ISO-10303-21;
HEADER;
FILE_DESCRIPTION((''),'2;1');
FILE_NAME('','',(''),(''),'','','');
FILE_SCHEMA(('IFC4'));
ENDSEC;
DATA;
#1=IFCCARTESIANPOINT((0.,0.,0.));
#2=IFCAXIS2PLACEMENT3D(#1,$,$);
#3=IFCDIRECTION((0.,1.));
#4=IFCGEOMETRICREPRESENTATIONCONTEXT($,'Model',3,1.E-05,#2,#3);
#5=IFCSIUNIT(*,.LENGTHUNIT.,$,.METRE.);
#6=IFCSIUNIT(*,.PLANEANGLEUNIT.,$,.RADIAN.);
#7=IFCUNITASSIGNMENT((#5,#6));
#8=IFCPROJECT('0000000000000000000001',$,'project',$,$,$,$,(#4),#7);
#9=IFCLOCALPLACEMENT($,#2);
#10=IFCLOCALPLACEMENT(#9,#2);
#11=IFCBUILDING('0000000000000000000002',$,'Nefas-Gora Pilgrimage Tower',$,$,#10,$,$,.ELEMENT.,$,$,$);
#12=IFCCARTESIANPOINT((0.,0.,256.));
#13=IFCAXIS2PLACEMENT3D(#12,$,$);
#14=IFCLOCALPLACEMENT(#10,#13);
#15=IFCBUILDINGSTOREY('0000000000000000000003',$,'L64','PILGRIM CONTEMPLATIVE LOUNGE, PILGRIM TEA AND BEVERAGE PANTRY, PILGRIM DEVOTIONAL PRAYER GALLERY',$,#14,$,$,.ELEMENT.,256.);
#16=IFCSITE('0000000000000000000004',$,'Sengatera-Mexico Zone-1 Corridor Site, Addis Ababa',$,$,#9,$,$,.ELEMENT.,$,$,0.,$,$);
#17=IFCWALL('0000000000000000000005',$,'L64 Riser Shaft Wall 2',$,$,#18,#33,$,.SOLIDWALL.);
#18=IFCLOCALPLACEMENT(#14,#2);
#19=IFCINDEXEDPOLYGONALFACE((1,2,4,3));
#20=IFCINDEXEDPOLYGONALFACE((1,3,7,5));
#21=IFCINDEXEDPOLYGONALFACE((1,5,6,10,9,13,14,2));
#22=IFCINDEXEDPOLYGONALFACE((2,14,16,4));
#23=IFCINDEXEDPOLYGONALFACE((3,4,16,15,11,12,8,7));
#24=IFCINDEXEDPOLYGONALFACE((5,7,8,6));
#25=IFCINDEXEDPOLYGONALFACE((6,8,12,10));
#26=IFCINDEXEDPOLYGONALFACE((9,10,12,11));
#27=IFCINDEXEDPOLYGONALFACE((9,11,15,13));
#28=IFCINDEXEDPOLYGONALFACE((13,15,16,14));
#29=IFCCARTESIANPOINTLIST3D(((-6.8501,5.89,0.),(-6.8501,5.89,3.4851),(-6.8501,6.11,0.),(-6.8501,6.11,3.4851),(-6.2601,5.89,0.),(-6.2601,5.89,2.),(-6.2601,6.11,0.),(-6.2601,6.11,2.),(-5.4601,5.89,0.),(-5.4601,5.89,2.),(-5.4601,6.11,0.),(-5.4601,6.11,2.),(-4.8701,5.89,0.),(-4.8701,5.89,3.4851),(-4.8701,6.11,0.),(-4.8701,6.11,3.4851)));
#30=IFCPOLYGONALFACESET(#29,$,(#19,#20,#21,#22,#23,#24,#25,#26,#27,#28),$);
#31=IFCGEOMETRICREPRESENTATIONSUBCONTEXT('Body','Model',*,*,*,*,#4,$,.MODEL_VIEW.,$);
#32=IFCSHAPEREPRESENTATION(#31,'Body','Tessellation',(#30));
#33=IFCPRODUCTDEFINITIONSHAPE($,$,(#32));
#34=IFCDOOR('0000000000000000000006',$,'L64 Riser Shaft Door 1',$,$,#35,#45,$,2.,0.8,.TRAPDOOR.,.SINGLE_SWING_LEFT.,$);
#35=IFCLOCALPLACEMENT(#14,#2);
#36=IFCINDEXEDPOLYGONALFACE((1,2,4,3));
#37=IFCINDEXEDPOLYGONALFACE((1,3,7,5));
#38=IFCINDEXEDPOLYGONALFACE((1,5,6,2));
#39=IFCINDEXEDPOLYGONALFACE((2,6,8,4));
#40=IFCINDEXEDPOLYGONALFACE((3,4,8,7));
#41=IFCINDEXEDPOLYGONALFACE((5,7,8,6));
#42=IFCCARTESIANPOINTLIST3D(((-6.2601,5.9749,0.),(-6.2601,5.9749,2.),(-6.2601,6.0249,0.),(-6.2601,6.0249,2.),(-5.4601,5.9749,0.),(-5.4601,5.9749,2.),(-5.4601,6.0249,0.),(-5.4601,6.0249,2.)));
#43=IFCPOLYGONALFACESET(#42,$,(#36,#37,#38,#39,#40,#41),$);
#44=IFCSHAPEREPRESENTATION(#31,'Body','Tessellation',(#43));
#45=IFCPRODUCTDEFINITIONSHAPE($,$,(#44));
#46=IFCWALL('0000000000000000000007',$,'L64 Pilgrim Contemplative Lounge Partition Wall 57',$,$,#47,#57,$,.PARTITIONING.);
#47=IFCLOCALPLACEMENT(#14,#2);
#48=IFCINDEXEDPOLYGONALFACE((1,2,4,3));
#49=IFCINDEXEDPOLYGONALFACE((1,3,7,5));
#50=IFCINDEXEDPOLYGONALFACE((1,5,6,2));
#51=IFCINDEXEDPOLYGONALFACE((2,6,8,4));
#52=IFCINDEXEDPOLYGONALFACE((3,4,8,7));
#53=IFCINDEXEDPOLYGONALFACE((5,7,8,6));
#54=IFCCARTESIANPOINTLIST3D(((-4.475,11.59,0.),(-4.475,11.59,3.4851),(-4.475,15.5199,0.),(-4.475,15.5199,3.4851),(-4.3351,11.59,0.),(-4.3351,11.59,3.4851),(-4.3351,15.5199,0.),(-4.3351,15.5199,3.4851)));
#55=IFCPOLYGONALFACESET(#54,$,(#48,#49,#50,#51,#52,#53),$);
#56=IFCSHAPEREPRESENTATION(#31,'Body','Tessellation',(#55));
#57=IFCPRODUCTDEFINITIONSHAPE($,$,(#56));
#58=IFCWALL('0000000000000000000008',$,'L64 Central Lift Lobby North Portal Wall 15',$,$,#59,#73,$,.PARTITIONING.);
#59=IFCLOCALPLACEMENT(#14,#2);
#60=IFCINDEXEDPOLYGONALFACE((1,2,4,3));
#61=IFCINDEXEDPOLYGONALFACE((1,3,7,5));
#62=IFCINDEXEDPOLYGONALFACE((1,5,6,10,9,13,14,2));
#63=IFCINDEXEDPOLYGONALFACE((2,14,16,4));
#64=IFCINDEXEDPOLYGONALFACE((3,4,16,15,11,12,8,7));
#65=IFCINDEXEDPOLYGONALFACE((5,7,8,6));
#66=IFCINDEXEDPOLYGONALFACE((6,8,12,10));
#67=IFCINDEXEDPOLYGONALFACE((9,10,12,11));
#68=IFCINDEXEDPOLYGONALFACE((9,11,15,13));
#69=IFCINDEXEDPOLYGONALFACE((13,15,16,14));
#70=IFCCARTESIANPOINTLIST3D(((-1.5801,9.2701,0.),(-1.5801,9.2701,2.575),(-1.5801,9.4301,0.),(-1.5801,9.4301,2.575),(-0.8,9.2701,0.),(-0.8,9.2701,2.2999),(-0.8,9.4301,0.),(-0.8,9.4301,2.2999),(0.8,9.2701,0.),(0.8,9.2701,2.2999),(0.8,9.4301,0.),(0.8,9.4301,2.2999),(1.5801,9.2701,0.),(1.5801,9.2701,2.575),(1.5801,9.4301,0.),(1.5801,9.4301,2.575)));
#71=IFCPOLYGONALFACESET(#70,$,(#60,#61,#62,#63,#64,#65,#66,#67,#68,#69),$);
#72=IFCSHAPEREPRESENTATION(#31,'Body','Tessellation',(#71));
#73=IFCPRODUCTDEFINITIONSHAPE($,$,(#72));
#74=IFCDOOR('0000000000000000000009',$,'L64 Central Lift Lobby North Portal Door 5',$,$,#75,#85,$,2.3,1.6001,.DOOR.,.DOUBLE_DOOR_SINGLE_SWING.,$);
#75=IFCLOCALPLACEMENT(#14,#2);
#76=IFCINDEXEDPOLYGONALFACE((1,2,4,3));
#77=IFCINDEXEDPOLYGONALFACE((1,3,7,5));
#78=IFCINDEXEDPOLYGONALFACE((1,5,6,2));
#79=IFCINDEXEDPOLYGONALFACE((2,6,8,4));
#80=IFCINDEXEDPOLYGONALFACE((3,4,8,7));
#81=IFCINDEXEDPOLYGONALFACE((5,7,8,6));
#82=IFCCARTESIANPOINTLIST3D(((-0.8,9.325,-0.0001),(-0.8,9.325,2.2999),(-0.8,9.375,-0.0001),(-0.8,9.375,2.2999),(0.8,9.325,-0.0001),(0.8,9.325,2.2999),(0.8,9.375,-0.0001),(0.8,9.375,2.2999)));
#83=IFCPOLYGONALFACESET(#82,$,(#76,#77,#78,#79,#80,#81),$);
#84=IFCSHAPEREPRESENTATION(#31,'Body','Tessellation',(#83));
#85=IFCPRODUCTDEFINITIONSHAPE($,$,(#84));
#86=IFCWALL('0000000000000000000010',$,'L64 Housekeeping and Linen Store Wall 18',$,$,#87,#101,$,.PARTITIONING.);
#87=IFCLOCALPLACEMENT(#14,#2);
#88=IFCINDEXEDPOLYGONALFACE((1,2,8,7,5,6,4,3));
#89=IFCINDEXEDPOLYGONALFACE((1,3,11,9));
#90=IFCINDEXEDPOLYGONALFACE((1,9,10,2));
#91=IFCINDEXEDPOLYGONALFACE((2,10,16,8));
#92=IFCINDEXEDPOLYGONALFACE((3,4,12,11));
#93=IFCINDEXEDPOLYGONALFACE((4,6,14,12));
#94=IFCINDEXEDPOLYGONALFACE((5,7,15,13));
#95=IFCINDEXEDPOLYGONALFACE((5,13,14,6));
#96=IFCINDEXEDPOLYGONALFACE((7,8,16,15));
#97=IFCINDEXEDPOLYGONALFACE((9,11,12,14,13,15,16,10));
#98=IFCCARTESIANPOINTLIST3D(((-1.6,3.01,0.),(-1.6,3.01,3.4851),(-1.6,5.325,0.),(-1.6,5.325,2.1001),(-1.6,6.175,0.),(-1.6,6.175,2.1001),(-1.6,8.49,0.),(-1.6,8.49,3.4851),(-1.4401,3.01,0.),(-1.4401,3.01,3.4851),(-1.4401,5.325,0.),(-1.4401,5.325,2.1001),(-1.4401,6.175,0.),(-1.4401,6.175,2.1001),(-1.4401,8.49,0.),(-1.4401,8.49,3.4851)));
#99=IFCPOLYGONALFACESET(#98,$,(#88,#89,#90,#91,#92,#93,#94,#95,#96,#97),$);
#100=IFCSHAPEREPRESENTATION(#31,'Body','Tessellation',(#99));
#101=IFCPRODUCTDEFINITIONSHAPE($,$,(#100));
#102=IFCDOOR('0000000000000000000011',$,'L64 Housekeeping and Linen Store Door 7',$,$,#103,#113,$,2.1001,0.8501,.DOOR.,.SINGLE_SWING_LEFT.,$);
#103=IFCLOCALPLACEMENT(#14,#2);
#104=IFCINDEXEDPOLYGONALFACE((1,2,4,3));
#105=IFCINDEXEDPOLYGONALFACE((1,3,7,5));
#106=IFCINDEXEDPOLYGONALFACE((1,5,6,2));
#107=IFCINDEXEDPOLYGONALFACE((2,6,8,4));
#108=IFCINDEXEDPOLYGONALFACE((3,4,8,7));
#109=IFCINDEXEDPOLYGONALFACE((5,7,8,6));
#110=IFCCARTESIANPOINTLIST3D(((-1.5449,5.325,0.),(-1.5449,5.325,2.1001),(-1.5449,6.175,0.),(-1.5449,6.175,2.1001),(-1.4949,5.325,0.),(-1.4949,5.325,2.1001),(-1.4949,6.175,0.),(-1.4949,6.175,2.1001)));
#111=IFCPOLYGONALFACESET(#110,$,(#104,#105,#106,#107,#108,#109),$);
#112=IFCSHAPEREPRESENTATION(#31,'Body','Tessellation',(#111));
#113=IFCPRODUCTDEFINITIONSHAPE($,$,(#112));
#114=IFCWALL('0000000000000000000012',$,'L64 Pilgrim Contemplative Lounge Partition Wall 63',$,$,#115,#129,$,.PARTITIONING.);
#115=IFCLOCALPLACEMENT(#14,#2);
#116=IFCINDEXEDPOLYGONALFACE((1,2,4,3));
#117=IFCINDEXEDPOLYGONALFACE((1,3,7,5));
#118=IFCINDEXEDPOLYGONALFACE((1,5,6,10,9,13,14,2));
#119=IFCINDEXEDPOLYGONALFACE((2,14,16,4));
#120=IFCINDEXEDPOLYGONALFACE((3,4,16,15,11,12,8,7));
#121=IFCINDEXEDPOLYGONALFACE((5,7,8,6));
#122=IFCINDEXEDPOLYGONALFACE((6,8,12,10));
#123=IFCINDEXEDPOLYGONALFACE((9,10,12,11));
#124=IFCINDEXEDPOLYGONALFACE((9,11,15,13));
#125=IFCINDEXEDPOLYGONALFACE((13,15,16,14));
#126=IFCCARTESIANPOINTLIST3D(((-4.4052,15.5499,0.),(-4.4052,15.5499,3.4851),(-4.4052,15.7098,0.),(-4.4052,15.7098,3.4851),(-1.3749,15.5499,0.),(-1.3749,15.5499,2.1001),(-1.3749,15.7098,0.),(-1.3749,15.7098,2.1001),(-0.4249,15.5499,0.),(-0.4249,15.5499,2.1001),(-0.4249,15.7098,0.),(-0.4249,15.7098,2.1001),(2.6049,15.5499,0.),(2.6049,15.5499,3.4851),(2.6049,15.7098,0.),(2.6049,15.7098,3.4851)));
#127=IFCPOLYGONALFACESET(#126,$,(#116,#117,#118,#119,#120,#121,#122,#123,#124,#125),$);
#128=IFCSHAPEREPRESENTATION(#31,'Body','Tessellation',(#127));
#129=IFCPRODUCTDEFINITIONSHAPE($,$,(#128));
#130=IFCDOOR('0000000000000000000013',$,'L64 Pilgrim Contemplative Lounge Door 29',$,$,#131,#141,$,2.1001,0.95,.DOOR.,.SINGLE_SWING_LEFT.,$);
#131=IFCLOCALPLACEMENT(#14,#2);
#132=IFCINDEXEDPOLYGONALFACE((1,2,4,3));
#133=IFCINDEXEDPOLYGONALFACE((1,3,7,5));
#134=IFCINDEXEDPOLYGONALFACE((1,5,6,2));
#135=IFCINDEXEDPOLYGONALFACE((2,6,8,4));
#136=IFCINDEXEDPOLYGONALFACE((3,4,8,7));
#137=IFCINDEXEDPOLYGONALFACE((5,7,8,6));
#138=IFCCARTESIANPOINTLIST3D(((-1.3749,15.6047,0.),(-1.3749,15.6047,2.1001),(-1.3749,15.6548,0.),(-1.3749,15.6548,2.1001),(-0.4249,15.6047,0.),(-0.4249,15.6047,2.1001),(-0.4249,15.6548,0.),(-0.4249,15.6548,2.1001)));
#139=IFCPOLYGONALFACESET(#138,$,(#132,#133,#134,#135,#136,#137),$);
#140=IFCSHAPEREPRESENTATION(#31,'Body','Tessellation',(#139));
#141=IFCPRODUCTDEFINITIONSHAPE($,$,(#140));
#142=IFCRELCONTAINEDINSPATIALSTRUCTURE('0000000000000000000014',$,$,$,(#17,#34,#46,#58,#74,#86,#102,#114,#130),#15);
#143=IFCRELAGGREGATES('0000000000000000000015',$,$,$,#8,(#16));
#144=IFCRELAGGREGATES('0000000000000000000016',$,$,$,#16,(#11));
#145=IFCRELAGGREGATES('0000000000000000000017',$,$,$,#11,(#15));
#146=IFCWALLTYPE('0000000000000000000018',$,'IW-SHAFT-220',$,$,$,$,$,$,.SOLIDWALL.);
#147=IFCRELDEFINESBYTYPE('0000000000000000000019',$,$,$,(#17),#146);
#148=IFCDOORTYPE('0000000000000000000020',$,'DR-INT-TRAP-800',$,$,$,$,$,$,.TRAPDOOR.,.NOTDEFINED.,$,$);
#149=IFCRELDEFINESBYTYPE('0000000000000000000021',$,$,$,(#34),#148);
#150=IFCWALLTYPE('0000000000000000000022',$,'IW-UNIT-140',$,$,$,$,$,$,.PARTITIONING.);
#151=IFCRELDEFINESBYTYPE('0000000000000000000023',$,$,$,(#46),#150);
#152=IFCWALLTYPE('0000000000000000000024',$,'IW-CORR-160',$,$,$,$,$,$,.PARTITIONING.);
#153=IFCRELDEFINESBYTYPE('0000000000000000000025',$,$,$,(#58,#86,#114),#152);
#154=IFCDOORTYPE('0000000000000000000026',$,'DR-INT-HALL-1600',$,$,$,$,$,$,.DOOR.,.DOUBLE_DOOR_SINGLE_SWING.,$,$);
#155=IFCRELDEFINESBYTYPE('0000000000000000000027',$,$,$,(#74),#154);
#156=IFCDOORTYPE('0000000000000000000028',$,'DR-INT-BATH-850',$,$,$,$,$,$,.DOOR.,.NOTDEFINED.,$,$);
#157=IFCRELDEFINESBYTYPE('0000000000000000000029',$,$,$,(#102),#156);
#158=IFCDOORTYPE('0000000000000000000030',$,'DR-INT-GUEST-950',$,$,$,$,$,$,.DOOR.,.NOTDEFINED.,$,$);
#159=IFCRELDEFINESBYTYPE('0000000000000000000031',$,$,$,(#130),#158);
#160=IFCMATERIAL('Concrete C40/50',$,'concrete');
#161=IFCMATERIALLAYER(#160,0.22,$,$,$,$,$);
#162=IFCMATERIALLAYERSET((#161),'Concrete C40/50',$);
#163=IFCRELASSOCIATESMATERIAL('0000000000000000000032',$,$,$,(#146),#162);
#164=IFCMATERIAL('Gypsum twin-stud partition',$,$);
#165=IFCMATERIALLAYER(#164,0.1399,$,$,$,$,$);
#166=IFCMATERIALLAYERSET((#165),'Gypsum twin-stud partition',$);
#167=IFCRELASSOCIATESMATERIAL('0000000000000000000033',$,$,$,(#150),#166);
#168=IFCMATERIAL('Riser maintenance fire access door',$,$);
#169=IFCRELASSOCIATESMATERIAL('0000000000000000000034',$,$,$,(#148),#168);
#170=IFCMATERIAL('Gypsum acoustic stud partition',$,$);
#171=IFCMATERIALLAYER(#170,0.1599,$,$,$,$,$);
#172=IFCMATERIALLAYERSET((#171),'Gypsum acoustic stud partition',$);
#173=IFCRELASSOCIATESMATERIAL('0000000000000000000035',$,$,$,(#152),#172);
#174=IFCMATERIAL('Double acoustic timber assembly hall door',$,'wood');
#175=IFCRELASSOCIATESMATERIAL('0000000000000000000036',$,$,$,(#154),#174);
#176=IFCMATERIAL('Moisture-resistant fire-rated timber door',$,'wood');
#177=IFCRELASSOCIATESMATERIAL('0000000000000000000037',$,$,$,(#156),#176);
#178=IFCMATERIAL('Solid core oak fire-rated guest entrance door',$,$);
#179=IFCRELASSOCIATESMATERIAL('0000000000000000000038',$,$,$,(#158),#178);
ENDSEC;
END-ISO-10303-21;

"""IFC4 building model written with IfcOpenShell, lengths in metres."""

from ifc_helpers import new_model, si_unit, direction, frame, frame_2d, origin, place, context, subcontext, project, spatial, rectangle, extrude, source, transform, mapped, material, layer, layer_set, type_object, element, fill, save


model = new_model("IFC4")

# Units and contexts
model_context = context("Model", 3, precision=1e-05, world=origin(), true_north=direction((0.0, 1.0)))
body_context = subcontext(model_context, "Body", "Model", "MODEL_VIEW")
ifc_project = project(units=[si_unit("LENGTHUNIT", "METRE"), si_unit("PLANEANGLEUNIT", "RADIAN")], contexts=[model_context])

# Site, building, storey
site_placement = place(None, origin())
site = spatial("IfcSite", under=ifc_project, at=site_placement, Name="Sengatera-Mexico Zone-1 Corridor Site, Addis Ababa", CompositionType="ELEMENT", RefElevation=0.0)
building_placement = place(site_placement, origin())
building = spatial("IfcBuilding", under=site, at=building_placement, Name="Nefas-Gora Pilgrimage Tower", CompositionType="ELEMENT")
storey_placement = place(building_placement, frame((0.0, 0.0, 256.0)))
storey = spatial("IfcBuildingStorey", under=building, at=storey_placement, Name="L64", Description="PILGRIM CONTEMPLATIVE LOUNGE, PILGRIM TEA AND BEVERAGE PANTRY, PILGRIM DEVOTIONAL PRAYER GALLERY", CompositionType="ELEMENT", Elevation=256.0)

# Shared definitions
ifc_material_1 = material(Name="Concrete C40/50", Category="concrete")

# Shared definitions
ifc_layer_1 = layer(ifc_material_1, 0.22)
ifc_layer_set_1 = layer_set([ifc_layer_1], Name="Concrete C40/50")
wall_type_1 = type_object("IfcWallType", Name="IW-SHAFT-220", PredefinedType="SOLIDWALL", material=ifc_layer_set_1)

# Shared definitions
ifc_material_2 = material(Name="Gypsum twin-stud partition")
ifc_layer_2 = layer(ifc_material_2, 0.1399)
ifc_layer_set_2 = layer_set([ifc_layer_2], Name="Gypsum twin-stud partition")
wall_type_2 = type_object("IfcWallType", Name="IW-UNIT-140", PredefinedType="PARTITIONING", material=ifc_layer_set_2)

# Wall, opening, door
shared_shape_1 = source(origin(), body_context, "Body", "SweptSolid", [
    extrude(rectangle(XDim=1.98, YDim=0.22, at=frame_2d((0.99, 0.0))), origin(), (0.0, 0.0, 1.0), 3.4851),
])
wall_1_placement = place(storey_placement, frame((-6.8501, 6.0, 0.0), z_axis=(0.0, 0.0, 1.0), x_axis=(1.0, 0.0, 0.0)))
wall_1 = element("IfcWall", 1, at=wall_1_placement, inside=storey, type_object=wall_type_1, Name="L64 Riser Shaft Wall 2", PredefinedType="SOLIDWALL", context=body_context, shape_type="MappedRepresentation", body=[
    mapped(shared_shape_1, transform((0.0, 0.0, 0.0), x_axis=(1.0, 0.0, 0.0), y_axis=(0.0, 1.0, 0.0), z_axis=(0.0, 0.0, 1.0), scale=1.0)),
])
opening_1_placement = place(wall_1_placement, frame((0.5901, 0.0, 0.0)))
opening_1 = element("IfcOpeningElement", 2, at=opening_1_placement, cuts=wall_1, PredefinedType="OPENING", context=body_context, shape_type="SweptSolid", body=[
    extrude(rectangle(XDim=0.8, YDim=2.0, at=frame_2d((0.3999, 1.0))), frame((0.0, 0.1199, 0.0), z_axis=(0.0, -1.0, 0.0), x_axis=(1.0, 0.0, 0.0)), (0.0, 0.0, 1.0), 0.24),
])
ifc_material_3 = material(Name="Riser maintenance fire access door")
door_type_1 = type_object("IfcDoorType", Name="DR-INT-TRAP-800", OperationType="NOTDEFINED", PredefinedType="TRAPDOOR", material=ifc_material_3)
shared_shape_2 = source(origin(), body_context, "Body", "SweptSolid", [
    extrude(rectangle(XDim=0.8, YDim=2.0, at=frame_2d((0.3999, 1.0))), frame((0.0, 0.0249, 0.0), z_axis=(0.0, -1.0, 0.0), x_axis=(1.0, 0.0, 0.0)), (0.0, 0.0, 1.0), 0.05),
])
door_1_placement = place(opening_1_placement, origin())
door_1 = element("IfcDoor", 3, at=door_1_placement, inside=storey, type_object=door_type_1, Name="L64 Riser Shaft Door 1", OperationType="SINGLE_SWING_LEFT", OverallHeight=2.0, OverallWidth=0.8, PredefinedType="TRAPDOOR", context=body_context, shape_type="MappedRepresentation", body=[
    mapped(shared_shape_2, transform((0.0, 0.0, 0.0), x_axis=(1.0, 0.0, 0.0), y_axis=(0.0, 1.0, 0.0), z_axis=(0.0, 0.0, 1.0), scale=1.0)),
])
fill(opening_1, door_1)

# Wall
shared_shape_3 = source(origin(), body_context, "Body", "SweptSolid", [
    extrude(rectangle(XDim=3.9299, YDim=0.1399, at=frame_2d((1.9648, 0.0))), origin(), (0.0, 0.0, 1.0), 3.4851),
])
wall_2_placement = place(storey_placement, frame((-4.405, 11.5901, 0.0), z_axis=(0.0, 0.0, 1.0), x_axis=(0.0, 1.0, 0.0)))
element("IfcWall", 4, at=wall_2_placement, inside=storey, type_object=wall_type_2, Name="L64 Pilgrim Contemplative Lounge Partition Wall 57", PredefinedType="PARTITIONING", context=body_context, shape_type="MappedRepresentation", body=[
    mapped(shared_shape_3, transform((0.0, 0.0, 0.0), x_axis=(1.0, 0.0, 0.0), y_axis=(0.0, 1.0, 0.0), z_axis=(0.0, 0.0, 1.0), scale=1.0)),
])

# Walls, openings, doors
ifc_material_4 = material(Name="Gypsum acoustic stud partition")
ifc_layer_3 = layer(ifc_material_4, 0.1599)
ifc_layer_set_3 = layer_set([ifc_layer_3], Name="Gypsum acoustic stud partition")
wall_type_3 = type_object("IfcWallType", Name="IW-CORR-160", PredefinedType="PARTITIONING", material=ifc_layer_set_3)
shared_shape_4 = source(origin(), body_context, "Body", "SweptSolid", [
    extrude(rectangle(XDim=3.1602, YDim=0.1599, at=frame_2d((1.5801, 0.0))), origin(), (0.0, 0.0, 1.0), 2.575),
])
wall_3_placement = place(storey_placement, frame((-1.5801, 9.3501, 0.0), z_axis=(0.0, 0.0, 1.0), x_axis=(1.0, 0.0, 0.0)))
wall_3 = element("IfcWall", 5, at=wall_3_placement, inside=storey, type_object=wall_type_3, Name="L64 Central Lift Lobby North Portal Wall 15", PredefinedType="PARTITIONING", context=body_context, shape_type="MappedRepresentation", body=[
    mapped(shared_shape_4, transform((0.0, 0.0, 0.0), x_axis=(1.0, 0.0, 0.0), y_axis=(0.0, 1.0, 0.0), z_axis=(0.0, 0.0, 1.0), scale=1.0)),
])
opening_2_placement = place(wall_3_placement, frame((0.78, 0.0, 0.0)))
opening_2 = element("IfcOpeningElement", 6, at=opening_2_placement, cuts=wall_3, PredefinedType="OPENING", context=body_context, shape_type="SweptSolid", body=[
    extrude(rectangle(XDim=1.6001, YDim=2.3, at=frame_2d((0.8, 1.1499))), frame((0.0, 0.0898, 0.0), z_axis=(0.0, -1.0, 0.0), x_axis=(1.0, 0.0, 0.0)), (0.0, 0.0, 1.0), 0.1799),
])
ifc_material_5 = material(Name="Double acoustic timber assembly hall door", Category="wood")
door_type_2 = type_object("IfcDoorType", Name="DR-INT-HALL-1600", OperationType="DOUBLE_DOOR_SINGLE_SWING", PredefinedType="DOOR", material=ifc_material_5)
shared_shape_5 = source(origin(), body_context, "Body", "SweptSolid", [
    extrude(rectangle(XDim=1.6001, YDim=2.3, at=frame_2d((0.8, 1.1499))), frame((0.0, 0.0249, 0.0), z_axis=(0.0, -1.0, 0.0), x_axis=(1.0, 0.0, 0.0)), (0.0, 0.0, 1.0), 0.05),
])
door_2_placement = place(opening_2_placement, origin())
door_2 = element("IfcDoor", 7, at=door_2_placement, inside=storey, type_object=door_type_2, Name="L64 Central Lift Lobby North Portal Door 5", OperationType="DOUBLE_DOOR_SINGLE_SWING", OverallHeight=2.3, OverallWidth=1.6001, PredefinedType="DOOR", context=body_context, shape_type="MappedRepresentation", body=[
    mapped(shared_shape_5, transform((0.0, 0.0, 0.0), x_axis=(1.0, 0.0, 0.0), y_axis=(0.0, 1.0, 0.0), z_axis=(0.0, 0.0, 1.0), scale=1.0)),
])
fill(opening_2, door_2)
shared_shape_6 = source(origin(), body_context, "Body", "SweptSolid", [
    extrude(rectangle(XDim=5.48, YDim=0.1599, at=frame_2d((2.74, 0.0))), origin(), (0.0, 0.0, 1.0), 3.4851),
])
wall_4_placement = place(storey_placement, frame((-1.52, 3.01, 0.0), z_axis=(0.0, 0.0, 1.0), x_axis=(0.0, 1.0, 0.0)))
wall_4 = element("IfcWall", 8, at=wall_4_placement, inside=storey, type_object=wall_type_3, Name="L64 Housekeeping and Linen Store Wall 18", PredefinedType="PARTITIONING", context=body_context, shape_type="MappedRepresentation", body=[
    mapped(shared_shape_6, transform((0.0, 0.0, 0.0), x_axis=(1.0, 0.0, 0.0), y_axis=(0.0, 1.0, 0.0), z_axis=(0.0, 0.0, 1.0), scale=1.0)),
])
opening_3_placement = place(wall_4_placement, frame((2.3149, 0.0, 0.0)))
opening_3 = element("IfcOpeningElement", 9, at=opening_3_placement, cuts=wall_4, PredefinedType="OPENING", context=body_context, shape_type="SweptSolid", body=[
    extrude(rectangle(XDim=0.8501, YDim=2.1001, at=frame_2d((0.425, 1.05))), frame((0.0, 0.0898, 0.0), z_axis=(0.0, -1.0, 0.0), x_axis=(1.0, 0.0, 0.0)), (0.0, 0.0, 1.0), 0.1799),
])
ifc_material_6 = material(Name="Moisture-resistant fire-rated timber door", Category="wood")
door_type_3 = type_object("IfcDoorType", Name="DR-INT-BATH-850", OperationType="NOTDEFINED", PredefinedType="DOOR", material=ifc_material_6)
shared_shape_7 = source(origin(), body_context, "Body", "SweptSolid", [
    extrude(rectangle(XDim=0.8501, YDim=2.1001, at=frame_2d((0.425, 1.05))), frame((0.0, 0.0249, 0.0), z_axis=(0.0, -1.0, 0.0), x_axis=(1.0, 0.0, 0.0)), (0.0, 0.0, 1.0), 0.05),
])
door_3_placement = place(opening_3_placement, origin())
door_3 = element("IfcDoor", 10, at=door_3_placement, inside=storey, type_object=door_type_3, Name="L64 Housekeeping and Linen Store Door 7", OperationType="SINGLE_SWING_LEFT", OverallHeight=2.1001, OverallWidth=0.8501, PredefinedType="DOOR", context=body_context, shape_type="MappedRepresentation", body=[
    mapped(shared_shape_7, transform((0.0, 0.0, 0.0), x_axis=(1.0, 0.0, 0.0), y_axis=(0.0, 1.0, 0.0), z_axis=(0.0, 0.0, 1.0), scale=1.0)),
])
fill(opening_3, door_3)
shared_shape_8 = source(origin(), body_context, "Body", "SweptSolid", [
    extrude(rectangle(XDim=7.01, YDim=0.1599, at=frame_2d((3.5049, 0.0))), origin(), (0.0, 0.0, 1.0), 3.4851),
])
wall_5_placement = place(storey_placement, frame((-4.405, 15.6299, 0.0), z_axis=(0.0, 0.0, 1.0), x_axis=(1.0, 0.0, 0.0)))
wall_5 = element("IfcWall", 11, at=wall_5_placement, inside=storey, type_object=wall_type_3, Name="L64 Pilgrim Contemplative Lounge Partition Wall 63", PredefinedType="PARTITIONING", context=body_context, shape_type="MappedRepresentation", body=[
    mapped(shared_shape_8, transform((0.0, 0.0, 0.0), x_axis=(1.0, 0.0, 0.0), y_axis=(0.0, 1.0, 0.0), z_axis=(0.0, 0.0, 1.0), scale=1.0)),
])
opening_4_placement = place(wall_5_placement, frame((3.03, 0.0, 0.0)))
opening_4 = element("IfcOpeningElement", 12, at=opening_4_placement, cuts=wall_5, PredefinedType="OPENING", context=body_context, shape_type="SweptSolid", body=[
    extrude(rectangle(XDim=0.95, YDim=2.1001, at=frame_2d((0.4751, 1.05))), frame((0.0, 0.0898, 0.0), z_axis=(0.0, -1.0, 0.0), x_axis=(1.0, 0.0, 0.0)), (0.0, 0.0, 1.0), 0.1799),
])
ifc_material_7 = material(Name="Solid core oak fire-rated guest entrance door")
door_type_4 = type_object("IfcDoorType", Name="DR-INT-GUEST-950", OperationType="NOTDEFINED", PredefinedType="DOOR", material=ifc_material_7)
shared_shape_9 = source(origin(), body_context, "Body", "SweptSolid", [
    extrude(rectangle(XDim=0.95, YDim=2.1001, at=frame_2d((0.4751, 1.05))), frame((0.0, 0.0249, 0.0), z_axis=(0.0, -1.0, 0.0), x_axis=(1.0, 0.0, 0.0)), (0.0, 0.0, 1.0), 0.05),
])
door_4_placement = place(opening_4_placement, origin())
door_4 = element("IfcDoor", 13, at=door_4_placement, inside=storey, type_object=door_type_4, Name="L64 Pilgrim Contemplative Lounge Door 29", OperationType="SINGLE_SWING_LEFT", OverallHeight=2.1001, OverallWidth=0.95, PredefinedType="DOOR", context=body_context, shape_type="MappedRepresentation", body=[
    mapped(shared_shape_9, transform((0.0, 0.0, 0.0), x_axis=(1.0, 0.0, 0.0), y_axis=(0.0, 1.0, 0.0), z_axis=(0.0, 0.0, 1.0), scale=1.0)),
])
fill(opening_4, door_4)

save(model, "model.ifc")
